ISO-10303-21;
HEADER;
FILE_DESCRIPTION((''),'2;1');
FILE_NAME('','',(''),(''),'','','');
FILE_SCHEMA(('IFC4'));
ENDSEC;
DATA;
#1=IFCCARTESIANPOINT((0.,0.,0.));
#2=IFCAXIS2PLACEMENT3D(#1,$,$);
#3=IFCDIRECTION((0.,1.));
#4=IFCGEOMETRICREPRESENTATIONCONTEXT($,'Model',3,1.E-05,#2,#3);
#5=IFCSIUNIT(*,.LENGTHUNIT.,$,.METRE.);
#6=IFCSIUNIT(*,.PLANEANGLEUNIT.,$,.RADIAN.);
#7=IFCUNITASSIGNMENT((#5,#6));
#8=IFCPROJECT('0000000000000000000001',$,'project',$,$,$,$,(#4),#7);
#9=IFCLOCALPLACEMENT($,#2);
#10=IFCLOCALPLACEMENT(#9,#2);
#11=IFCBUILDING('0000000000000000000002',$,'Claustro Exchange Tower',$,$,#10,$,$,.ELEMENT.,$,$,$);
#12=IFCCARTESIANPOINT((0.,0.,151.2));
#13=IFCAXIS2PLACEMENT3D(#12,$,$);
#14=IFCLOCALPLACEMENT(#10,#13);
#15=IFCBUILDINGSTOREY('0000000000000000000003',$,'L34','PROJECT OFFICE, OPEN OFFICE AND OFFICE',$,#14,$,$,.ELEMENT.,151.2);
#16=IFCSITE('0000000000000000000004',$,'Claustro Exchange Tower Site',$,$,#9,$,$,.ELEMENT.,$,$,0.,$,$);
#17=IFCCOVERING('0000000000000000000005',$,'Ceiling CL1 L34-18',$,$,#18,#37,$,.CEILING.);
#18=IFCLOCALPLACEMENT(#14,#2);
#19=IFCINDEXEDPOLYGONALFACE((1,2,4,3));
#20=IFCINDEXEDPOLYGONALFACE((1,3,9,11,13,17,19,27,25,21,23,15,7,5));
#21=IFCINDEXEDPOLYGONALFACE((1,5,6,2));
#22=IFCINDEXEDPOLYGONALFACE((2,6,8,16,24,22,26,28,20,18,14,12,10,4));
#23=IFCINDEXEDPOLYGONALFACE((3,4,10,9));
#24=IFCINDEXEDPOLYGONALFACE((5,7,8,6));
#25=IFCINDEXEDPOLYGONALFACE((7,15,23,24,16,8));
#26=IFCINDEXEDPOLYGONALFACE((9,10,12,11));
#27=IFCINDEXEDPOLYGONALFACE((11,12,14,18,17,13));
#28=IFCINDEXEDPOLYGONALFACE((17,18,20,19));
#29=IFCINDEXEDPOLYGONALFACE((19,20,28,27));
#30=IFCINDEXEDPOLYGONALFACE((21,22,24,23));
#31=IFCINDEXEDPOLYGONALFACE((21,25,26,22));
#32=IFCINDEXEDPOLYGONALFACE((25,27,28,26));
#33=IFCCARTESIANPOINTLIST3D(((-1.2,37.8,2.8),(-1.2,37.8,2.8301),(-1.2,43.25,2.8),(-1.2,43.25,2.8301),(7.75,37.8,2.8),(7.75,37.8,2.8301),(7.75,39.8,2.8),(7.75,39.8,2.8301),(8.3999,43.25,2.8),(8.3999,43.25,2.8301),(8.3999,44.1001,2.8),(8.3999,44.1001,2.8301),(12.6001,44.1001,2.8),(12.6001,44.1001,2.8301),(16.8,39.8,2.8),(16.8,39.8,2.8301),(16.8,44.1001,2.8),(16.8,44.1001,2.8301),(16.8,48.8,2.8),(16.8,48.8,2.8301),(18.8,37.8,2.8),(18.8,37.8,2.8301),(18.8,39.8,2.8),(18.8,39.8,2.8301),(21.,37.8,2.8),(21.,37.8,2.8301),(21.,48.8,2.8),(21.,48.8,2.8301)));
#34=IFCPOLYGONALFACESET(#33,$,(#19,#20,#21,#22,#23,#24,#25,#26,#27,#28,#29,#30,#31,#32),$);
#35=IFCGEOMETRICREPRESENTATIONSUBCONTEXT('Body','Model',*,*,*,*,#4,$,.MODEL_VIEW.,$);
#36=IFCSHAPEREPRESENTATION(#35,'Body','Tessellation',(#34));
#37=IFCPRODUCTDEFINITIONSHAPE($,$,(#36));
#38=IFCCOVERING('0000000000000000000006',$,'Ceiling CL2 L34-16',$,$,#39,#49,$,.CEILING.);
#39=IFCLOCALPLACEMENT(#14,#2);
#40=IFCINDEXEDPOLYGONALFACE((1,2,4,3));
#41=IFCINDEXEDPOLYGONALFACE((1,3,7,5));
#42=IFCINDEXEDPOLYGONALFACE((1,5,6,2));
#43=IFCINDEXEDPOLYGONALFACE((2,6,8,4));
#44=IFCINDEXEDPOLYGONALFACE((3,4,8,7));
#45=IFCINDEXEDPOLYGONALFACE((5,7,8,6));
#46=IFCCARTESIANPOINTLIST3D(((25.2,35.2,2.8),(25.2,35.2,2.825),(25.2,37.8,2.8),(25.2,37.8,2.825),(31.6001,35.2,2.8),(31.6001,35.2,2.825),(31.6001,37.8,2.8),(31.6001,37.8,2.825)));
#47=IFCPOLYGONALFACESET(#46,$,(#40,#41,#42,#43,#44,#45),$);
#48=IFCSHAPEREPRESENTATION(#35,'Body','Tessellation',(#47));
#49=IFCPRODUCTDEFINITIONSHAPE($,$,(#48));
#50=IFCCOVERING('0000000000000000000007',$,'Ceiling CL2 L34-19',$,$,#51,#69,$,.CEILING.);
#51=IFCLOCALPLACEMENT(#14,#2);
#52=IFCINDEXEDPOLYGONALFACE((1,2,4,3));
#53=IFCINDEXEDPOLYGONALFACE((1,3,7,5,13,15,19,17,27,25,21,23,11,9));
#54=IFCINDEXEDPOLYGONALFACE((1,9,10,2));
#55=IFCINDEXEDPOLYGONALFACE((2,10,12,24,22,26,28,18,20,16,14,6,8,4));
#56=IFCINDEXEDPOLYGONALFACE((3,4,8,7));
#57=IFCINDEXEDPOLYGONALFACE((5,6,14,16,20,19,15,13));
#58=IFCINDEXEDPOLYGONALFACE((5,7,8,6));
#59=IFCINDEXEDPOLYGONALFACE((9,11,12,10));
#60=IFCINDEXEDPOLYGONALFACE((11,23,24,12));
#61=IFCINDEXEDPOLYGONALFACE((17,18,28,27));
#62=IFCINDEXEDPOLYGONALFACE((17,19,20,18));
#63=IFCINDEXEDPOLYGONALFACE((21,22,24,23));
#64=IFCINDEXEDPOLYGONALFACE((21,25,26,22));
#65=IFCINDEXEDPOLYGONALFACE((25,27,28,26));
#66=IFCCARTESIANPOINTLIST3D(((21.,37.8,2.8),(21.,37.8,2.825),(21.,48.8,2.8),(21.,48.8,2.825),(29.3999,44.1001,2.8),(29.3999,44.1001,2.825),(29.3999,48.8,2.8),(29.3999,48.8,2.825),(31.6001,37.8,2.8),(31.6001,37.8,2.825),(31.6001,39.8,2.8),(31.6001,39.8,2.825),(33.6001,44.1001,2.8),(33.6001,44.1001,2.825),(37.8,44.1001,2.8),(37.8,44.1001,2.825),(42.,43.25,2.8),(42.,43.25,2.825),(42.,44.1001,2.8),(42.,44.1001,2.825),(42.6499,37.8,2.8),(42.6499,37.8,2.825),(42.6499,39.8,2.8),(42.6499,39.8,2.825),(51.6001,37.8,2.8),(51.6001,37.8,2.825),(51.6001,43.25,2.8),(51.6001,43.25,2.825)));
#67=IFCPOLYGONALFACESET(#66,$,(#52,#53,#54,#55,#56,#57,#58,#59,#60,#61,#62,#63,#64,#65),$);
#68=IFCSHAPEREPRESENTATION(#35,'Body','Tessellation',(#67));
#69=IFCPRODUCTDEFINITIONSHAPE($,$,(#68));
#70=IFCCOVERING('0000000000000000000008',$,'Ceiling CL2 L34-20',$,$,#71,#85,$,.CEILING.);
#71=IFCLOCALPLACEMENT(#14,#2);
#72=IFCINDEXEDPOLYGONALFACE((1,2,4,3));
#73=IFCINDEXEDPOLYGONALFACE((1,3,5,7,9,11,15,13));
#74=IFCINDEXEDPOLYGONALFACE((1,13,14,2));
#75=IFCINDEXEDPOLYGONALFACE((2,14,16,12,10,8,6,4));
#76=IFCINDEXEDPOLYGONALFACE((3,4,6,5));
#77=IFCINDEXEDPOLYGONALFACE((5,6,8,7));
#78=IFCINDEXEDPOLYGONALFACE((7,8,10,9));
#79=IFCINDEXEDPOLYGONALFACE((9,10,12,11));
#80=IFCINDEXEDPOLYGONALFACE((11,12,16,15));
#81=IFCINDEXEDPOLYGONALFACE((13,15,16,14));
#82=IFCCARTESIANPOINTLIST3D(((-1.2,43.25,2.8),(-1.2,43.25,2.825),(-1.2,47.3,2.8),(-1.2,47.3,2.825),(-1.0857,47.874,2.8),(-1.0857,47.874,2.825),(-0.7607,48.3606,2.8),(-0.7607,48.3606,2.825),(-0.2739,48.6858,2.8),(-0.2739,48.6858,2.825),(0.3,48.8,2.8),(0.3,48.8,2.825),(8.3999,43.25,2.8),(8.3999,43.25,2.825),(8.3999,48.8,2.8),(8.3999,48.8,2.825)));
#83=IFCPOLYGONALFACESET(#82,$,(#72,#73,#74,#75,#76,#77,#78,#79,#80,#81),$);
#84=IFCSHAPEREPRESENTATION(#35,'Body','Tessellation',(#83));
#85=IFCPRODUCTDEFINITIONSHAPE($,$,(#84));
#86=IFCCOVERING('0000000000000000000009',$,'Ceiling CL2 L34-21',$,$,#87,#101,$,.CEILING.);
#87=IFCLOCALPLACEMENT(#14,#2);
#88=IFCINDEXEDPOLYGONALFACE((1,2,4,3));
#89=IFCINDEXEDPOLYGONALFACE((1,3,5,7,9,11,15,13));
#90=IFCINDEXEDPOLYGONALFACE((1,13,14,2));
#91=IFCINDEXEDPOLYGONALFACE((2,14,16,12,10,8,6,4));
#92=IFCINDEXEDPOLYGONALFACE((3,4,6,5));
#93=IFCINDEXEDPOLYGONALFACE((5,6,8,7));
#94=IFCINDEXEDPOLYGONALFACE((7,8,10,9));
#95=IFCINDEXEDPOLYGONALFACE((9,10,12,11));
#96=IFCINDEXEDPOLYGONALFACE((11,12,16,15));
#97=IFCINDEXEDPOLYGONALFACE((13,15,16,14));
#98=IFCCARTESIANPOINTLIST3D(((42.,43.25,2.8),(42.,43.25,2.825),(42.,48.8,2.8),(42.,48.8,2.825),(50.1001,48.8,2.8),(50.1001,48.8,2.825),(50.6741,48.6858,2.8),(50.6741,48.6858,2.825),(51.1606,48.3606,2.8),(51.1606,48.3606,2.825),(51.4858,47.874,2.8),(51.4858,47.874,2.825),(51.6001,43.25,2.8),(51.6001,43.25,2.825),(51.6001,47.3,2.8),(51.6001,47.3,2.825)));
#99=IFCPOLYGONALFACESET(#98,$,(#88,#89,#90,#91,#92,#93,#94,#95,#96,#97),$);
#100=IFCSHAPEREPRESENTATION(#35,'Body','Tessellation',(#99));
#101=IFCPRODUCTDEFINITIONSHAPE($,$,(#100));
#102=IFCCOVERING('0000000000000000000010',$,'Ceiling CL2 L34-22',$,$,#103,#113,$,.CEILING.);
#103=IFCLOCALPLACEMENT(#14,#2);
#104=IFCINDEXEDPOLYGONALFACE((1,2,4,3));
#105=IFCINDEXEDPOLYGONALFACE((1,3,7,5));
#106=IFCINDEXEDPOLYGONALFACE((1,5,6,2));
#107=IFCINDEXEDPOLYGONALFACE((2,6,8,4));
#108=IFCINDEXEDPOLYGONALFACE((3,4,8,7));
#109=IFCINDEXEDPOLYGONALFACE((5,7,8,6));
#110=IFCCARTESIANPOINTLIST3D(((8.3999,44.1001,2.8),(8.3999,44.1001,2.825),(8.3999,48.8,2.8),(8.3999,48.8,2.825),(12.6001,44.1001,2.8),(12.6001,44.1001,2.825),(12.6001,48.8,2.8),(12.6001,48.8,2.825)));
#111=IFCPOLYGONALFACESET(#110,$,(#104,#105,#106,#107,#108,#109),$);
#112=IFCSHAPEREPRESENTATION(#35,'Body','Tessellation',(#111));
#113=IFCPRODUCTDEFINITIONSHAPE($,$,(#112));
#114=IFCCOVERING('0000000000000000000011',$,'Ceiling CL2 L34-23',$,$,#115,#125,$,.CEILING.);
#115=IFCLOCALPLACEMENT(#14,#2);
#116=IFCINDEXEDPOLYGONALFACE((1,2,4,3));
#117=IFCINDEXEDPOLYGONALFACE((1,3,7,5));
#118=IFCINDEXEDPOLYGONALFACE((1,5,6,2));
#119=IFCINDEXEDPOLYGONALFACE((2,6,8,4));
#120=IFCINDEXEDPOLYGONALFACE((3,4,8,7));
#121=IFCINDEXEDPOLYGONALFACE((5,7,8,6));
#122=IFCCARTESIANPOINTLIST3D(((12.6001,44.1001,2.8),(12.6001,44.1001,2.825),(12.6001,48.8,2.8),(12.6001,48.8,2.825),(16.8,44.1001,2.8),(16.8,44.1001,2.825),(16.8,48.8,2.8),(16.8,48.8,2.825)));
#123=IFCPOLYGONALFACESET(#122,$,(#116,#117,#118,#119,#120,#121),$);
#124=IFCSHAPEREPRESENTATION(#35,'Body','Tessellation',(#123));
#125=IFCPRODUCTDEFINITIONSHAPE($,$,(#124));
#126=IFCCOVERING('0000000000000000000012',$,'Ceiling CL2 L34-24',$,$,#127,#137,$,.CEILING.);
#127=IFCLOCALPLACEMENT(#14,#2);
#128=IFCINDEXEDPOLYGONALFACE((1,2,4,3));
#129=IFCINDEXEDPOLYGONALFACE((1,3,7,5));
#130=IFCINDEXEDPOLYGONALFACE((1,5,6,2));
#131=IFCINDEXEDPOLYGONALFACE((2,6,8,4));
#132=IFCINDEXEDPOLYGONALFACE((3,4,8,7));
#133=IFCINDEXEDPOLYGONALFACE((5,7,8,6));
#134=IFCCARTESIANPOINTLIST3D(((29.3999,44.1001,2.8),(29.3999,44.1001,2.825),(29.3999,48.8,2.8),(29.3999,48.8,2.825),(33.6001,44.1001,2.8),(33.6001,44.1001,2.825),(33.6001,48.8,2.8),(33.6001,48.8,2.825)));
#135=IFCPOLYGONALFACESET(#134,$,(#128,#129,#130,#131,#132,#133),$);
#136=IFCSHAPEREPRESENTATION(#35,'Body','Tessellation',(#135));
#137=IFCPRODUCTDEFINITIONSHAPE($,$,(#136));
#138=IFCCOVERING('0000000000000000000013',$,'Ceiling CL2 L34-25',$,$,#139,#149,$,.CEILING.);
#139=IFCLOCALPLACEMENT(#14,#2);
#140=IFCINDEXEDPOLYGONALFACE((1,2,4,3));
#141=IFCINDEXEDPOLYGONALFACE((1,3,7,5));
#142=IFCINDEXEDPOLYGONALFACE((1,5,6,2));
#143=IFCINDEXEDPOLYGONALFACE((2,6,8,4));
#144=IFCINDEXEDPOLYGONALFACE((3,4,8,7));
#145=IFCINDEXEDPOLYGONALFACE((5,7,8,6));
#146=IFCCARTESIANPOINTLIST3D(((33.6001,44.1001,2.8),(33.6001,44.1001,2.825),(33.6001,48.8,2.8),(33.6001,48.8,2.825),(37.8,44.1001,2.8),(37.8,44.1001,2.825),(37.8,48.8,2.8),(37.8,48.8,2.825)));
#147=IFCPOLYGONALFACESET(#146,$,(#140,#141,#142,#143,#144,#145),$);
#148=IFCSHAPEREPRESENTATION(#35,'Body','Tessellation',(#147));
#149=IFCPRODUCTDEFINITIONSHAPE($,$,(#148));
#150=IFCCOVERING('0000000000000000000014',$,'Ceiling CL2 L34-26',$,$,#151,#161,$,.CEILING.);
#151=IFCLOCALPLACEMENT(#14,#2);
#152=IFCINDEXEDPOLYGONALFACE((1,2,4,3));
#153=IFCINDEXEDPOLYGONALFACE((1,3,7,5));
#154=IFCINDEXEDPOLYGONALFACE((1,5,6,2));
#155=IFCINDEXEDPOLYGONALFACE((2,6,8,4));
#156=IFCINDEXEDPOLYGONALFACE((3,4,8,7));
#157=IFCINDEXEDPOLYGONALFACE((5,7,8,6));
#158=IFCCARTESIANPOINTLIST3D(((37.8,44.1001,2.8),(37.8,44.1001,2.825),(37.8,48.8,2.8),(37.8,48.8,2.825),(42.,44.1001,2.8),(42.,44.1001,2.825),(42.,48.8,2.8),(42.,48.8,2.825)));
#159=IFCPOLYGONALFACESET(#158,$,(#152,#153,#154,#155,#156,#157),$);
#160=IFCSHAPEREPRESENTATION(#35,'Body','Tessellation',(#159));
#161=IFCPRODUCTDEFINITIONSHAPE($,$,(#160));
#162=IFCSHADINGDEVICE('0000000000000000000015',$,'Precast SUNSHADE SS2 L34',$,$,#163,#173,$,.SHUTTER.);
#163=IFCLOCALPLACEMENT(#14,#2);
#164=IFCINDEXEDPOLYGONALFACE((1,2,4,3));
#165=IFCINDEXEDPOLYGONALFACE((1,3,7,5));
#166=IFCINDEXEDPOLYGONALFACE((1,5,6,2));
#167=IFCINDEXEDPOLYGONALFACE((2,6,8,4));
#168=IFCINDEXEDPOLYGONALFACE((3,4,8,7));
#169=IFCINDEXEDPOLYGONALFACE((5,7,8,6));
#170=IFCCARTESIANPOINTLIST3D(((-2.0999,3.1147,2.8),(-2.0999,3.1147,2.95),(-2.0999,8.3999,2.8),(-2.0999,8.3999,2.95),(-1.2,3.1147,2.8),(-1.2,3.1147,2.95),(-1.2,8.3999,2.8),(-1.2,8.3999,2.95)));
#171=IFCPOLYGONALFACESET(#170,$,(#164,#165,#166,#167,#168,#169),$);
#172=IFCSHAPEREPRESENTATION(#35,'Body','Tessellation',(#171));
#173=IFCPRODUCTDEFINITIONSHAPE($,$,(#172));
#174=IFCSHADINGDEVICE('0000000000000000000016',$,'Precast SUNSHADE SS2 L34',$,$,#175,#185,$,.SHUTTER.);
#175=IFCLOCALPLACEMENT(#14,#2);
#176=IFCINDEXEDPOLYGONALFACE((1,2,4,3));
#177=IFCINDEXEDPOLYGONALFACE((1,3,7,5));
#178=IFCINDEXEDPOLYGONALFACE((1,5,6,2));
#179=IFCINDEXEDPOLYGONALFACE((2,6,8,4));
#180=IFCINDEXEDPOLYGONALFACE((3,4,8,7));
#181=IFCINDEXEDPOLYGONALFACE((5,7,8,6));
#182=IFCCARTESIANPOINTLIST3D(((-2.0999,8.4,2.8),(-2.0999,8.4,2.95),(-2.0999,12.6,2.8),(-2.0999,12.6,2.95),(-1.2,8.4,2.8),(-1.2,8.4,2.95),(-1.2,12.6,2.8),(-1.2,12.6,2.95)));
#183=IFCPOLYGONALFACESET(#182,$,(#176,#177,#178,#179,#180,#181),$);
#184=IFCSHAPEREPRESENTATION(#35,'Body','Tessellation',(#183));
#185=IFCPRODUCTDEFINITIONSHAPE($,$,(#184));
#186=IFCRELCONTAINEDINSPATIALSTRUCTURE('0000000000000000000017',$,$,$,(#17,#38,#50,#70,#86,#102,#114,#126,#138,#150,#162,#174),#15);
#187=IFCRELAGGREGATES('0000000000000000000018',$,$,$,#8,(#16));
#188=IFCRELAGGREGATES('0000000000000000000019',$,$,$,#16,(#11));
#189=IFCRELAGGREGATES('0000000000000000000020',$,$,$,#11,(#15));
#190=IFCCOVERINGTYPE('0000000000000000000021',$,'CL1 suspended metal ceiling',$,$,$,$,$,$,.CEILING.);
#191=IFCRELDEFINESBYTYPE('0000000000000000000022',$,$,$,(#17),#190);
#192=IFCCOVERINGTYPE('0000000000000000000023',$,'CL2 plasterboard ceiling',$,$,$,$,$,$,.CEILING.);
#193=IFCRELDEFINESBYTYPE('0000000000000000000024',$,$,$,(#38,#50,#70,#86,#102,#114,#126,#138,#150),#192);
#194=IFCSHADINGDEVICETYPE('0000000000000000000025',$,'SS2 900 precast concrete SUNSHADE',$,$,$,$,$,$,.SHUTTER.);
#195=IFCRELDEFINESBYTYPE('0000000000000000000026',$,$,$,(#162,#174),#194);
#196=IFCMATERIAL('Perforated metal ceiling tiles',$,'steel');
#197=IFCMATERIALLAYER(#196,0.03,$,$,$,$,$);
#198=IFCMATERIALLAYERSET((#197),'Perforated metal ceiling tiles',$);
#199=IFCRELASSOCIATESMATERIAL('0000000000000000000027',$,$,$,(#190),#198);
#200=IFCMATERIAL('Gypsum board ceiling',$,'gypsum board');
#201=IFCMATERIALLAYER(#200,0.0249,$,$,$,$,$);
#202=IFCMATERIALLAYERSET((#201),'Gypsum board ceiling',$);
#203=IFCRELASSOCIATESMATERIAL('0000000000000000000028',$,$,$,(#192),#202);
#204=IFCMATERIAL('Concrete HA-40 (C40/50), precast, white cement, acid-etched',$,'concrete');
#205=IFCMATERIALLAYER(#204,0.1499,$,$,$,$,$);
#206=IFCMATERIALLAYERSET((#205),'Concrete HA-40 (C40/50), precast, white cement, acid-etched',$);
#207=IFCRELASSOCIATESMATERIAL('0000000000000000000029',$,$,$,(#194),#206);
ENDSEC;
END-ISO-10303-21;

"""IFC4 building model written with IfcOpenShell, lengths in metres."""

from ifc_helpers import new_model, si_unit, direction, frame, origin, origin_2d, place, context, subcontext, project, spatial, polyline, rectangle, outline, extrude, material, layer, layer_set, type_object, element, save


model = new_model("IFC4")

# Units and contexts
model_context = context("Model", 3, precision=1e-05, world=origin(), true_north=direction((0.0, 1.0)))
body_context = subcontext(model_context, "Body", "Model", "MODEL_VIEW")
ifc_project = project(units=[si_unit("LENGTHUNIT", "METRE"), si_unit("PLANEANGLEUNIT", "RADIAN")], contexts=[model_context])

# Site, building, storey
site_placement = place(None, origin())
site = spatial("IfcSite", under=ifc_project, at=site_placement, Name="Claustro Exchange Tower Site", CompositionType="ELEMENT", RefElevation=0.0)
building_placement = place(site_placement, origin())
building = spatial("IfcBuilding", under=site, at=building_placement, Name="Claustro Exchange Tower", CompositionType="ELEMENT")
storey_placement = place(building_placement, frame((0.0, 0.0, 151.2)))
storey = spatial("IfcBuildingStorey", under=building, at=storey_placement, Name="L34", Description="PROJECT OFFICE, OPEN OFFICE AND OFFICE", CompositionType="ELEMENT", Elevation=151.2)

# Coverings
ifc_material_1 = material(Name="Perforated metal ceiling tiles", Category="steel")
ifc_layer_1 = layer(ifc_material_1, 0.03)
ifc_layer_set_1 = layer_set([ifc_layer_1], Name="Perforated metal ceiling tiles")
covering_type_1 = type_object("IfcCoveringType", Name="CL1 suspended metal ceiling", PredefinedType="CEILING", material=ifc_layer_set_1)
covering_1_placement = place(storey_placement, frame((0.0, 0.0, 2.8)))
element("IfcCovering", 1, at=covering_1_placement, inside=storey, type_object=covering_type_1, Name="Ceiling CL1 L34-18", PredefinedType="CEILING", context=body_context, shape_type="SweptSolid", body=[
    extrude(outline(polyline([(-1.2, 43.25), (-1.2, 37.8), (7.75, 37.8), (7.75, 39.8), (16.8, 39.8), (18.8, 39.8), (18.8, 37.8), (21.0, 37.8), (21.0, 48.8), (16.8, 48.8), (16.8, 44.1001), (12.6001, 44.1001), (8.3999, 44.1001), (8.3999, 43.25), (-1.2, 43.25)])), origin(), (0.0, 0.0, 1.0), 0.03),
])
ifc_material_2 = material(Name="Gypsum board ceiling", Category="gypsum board")
ifc_layer_2 = layer(ifc_material_2, 0.0249)
ifc_layer_set_2 = layer_set([ifc_layer_2], Name="Gypsum board ceiling")
covering_type_2 = type_object("IfcCoveringType", Name="CL2 plasterboard ceiling", PredefinedType="CEILING", material=ifc_layer_set_2)
covering_2_placement = place(storey_placement, frame((0.0, 0.0, 2.8)))
element("IfcCovering", 2, at=covering_2_placement, inside=storey, type_object=covering_type_2, Name="Ceiling CL2 L34-16", PredefinedType="CEILING", context=body_context, shape_type="SweptSolid", body=[
    extrude(outline(polyline([(25.2, 35.2), (31.6001, 35.2), (31.6001, 37.8), (25.2, 37.8), (25.2, 35.2)])), origin(), (0.0, 0.0, 1.0), 0.0249),
])
covering_3_placement = place(storey_placement, frame((0.0, 0.0, 2.8)))
element("IfcCovering", 3, at=covering_3_placement, inside=storey, type_object=covering_type_2, Name="Ceiling CL2 L34-19", PredefinedType="CEILING", context=body_context, shape_type="SweptSolid", body=[
    extrude(outline(polyline([(29.3999, 48.8), (21.0, 48.8), (21.0, 37.8), (31.6001, 37.8), (31.6001, 39.8), (42.6499, 39.8), (42.6499, 37.8), (51.6001, 37.8), (51.6001, 43.25), (42.0, 43.25), (42.0, 44.1001), (37.8, 44.1001), (33.6001, 44.1001), (29.3999, 44.1001), (29.3999, 48.8)])), origin(), (0.0, 0.0, 1.0), 0.0249),
])
covering_4_placement = place(storey_placement, frame((0.0, 0.0, 2.8)))
element("IfcCovering", 4, at=covering_4_placement, inside=storey, type_object=covering_type_2, Name="Ceiling CL2 L34-20", PredefinedType="CEILING", context=body_context, shape_type="SweptSolid", body=[
    extrude(outline(polyline([(-1.2, 47.3), (-1.2, 43.25), (8.3999, 43.25), (8.3999, 48.8), (0.3, 48.8), (-0.2739, 48.6858), (-0.7607, 48.3606), (-1.0857, 47.874), (-1.2, 47.3)])), origin(), (0.0, 0.0, 1.0), 0.0249),
])
covering_5_placement = place(storey_placement, frame((0.0, 0.0, 2.8)))
element("IfcCovering", 5, at=covering_5_placement, inside=storey, type_object=covering_type_2, Name="Ceiling CL2 L34-21", PredefinedType="CEILING", context=body_context, shape_type="SweptSolid", body=[
    extrude(outline(polyline([(50.1001, 48.8), (42.0, 48.8), (42.0, 43.25), (51.6001, 43.25), (51.6001, 47.3), (51.4858, 47.874), (51.1606, 48.3606), (50.6741, 48.6858), (50.1001, 48.8)])), origin(), (0.0, 0.0, 1.0), 0.0249),
])
covering_6_placement = place(storey_placement, frame((0.0, 0.0, 2.8)))
element("IfcCovering", 6, at=covering_6_placement, inside=storey, type_object=covering_type_2, Name="Ceiling CL2 L34-22", PredefinedType="CEILING", context=body_context, shape_type="SweptSolid", body=[
    extrude(outline(polyline([(12.6001, 48.8), (8.3999, 48.8), (8.3999, 44.1001), (12.6001, 44.1001), (12.6001, 48.8)])), origin(), (0.0, 0.0, 1.0), 0.0249),
])
covering_7_placement = place(storey_placement, frame((0.0, 0.0, 2.8)))
element("IfcCovering", 7, at=covering_7_placement, inside=storey, type_object=covering_type_2, Name="Ceiling CL2 L34-23", PredefinedType="CEILING", context=body_context, shape_type="SweptSolid", body=[
    extrude(outline(polyline([(16.8, 48.8), (12.6001, 48.8), (12.6001, 44.1001), (16.8, 44.1001), (16.8, 48.8)])), origin(), (0.0, 0.0, 1.0), 0.0249),
])
covering_8_placement = place(storey_placement, frame((0.0, 0.0, 2.8)))
element("IfcCovering", 8, at=covering_8_placement, inside=storey, type_object=covering_type_2, Name="Ceiling CL2 L34-24", PredefinedType="CEILING", context=body_context, shape_type="SweptSolid", body=[
    extrude(outline(polyline([(33.6001, 48.8), (29.3999, 48.8), (29.3999, 44.1001), (33.6001, 44.1001), (33.6001, 48.8)])), origin(), (0.0, 0.0, 1.0), 0.0249),
])
covering_9_placement = place(storey_placement, frame((0.0, 0.0, 2.8)))
element("IfcCovering", 9, at=covering_9_placement, inside=storey, type_object=covering_type_2, Name="Ceiling CL2 L34-25", PredefinedType="CEILING", context=body_context, shape_type="SweptSolid", body=[
    extrude(outline(polyline([(37.8, 48.8), (33.6001, 48.8), (33.6001, 44.1001), (37.8, 44.1001), (37.8, 48.8)])), origin(), (0.0, 0.0, 1.0), 0.0249),
])
covering_10_placement = place(storey_placement, frame((0.0, 0.0, 2.8)))
element("IfcCovering", 10, at=covering_10_placement, inside=storey, type_object=covering_type_2, Name="Ceiling CL2 L34-26", PredefinedType="CEILING", context=body_context, shape_type="SweptSolid", body=[
    extrude(outline(polyline([(42.0, 48.8), (37.8, 48.8), (37.8, 44.1001), (42.0, 44.1001), (42.0, 48.8)])), origin(), (0.0, 0.0, 1.0), 0.0249),
])

# Shading devices
ifc_material_3 = material(Name="Concrete HA-40 (C40/50), precast, white cement, acid-etched", Category="concrete")
ifc_layer_3 = layer(ifc_material_3, 0.1499)
ifc_layer_set_3 = layer_set([ifc_layer_3], Name="Concrete HA-40 (C40/50), precast, white cement, acid-etched")
shading_device_type = type_object("IfcShadingDeviceType", Name="SS2 900 precast concrete SUNSHADE", PredefinedType="SHUTTER", material=ifc_layer_set_3)
shading_device_1_placement = place(storey_placement, frame((-1.6499, 5.7573, 2.8), z_axis=(0.0, 0.0, 1.0), x_axis=(0.0, 1.0, 0.0)))
element("IfcShadingDevice", 11, at=shading_device_1_placement, inside=storey, type_object=shading_device_type, Name="Precast SUNSHADE SS2 L34", PredefinedType="SHUTTER", context=body_context, shape_type="SweptSolid", body=[
    extrude(rectangle(XDim=5.2852, YDim=0.8999, at=origin_2d()), origin(), (0.0, 0.0, 1.0), 0.1499),
])
shading_device_2_placement = place(storey_placement, frame((-1.6499, 10.5, 2.8), z_axis=(0.0, 0.0, 1.0), x_axis=(0.0, 1.0, 0.0)))
element("IfcShadingDevice", 12, at=shading_device_2_placement, inside=storey, type_object=shading_device_type, Name="Precast SUNSHADE SS2 L34", PredefinedType="SHUTTER", context=body_context, shape_type="SweptSolid", body=[
    extrude(rectangle(XDim=4.2, YDim=0.8999, at=origin_2d()), origin(), (0.0, 0.0, 1.0), 0.1499),
])

save(model, "model.ifc")
